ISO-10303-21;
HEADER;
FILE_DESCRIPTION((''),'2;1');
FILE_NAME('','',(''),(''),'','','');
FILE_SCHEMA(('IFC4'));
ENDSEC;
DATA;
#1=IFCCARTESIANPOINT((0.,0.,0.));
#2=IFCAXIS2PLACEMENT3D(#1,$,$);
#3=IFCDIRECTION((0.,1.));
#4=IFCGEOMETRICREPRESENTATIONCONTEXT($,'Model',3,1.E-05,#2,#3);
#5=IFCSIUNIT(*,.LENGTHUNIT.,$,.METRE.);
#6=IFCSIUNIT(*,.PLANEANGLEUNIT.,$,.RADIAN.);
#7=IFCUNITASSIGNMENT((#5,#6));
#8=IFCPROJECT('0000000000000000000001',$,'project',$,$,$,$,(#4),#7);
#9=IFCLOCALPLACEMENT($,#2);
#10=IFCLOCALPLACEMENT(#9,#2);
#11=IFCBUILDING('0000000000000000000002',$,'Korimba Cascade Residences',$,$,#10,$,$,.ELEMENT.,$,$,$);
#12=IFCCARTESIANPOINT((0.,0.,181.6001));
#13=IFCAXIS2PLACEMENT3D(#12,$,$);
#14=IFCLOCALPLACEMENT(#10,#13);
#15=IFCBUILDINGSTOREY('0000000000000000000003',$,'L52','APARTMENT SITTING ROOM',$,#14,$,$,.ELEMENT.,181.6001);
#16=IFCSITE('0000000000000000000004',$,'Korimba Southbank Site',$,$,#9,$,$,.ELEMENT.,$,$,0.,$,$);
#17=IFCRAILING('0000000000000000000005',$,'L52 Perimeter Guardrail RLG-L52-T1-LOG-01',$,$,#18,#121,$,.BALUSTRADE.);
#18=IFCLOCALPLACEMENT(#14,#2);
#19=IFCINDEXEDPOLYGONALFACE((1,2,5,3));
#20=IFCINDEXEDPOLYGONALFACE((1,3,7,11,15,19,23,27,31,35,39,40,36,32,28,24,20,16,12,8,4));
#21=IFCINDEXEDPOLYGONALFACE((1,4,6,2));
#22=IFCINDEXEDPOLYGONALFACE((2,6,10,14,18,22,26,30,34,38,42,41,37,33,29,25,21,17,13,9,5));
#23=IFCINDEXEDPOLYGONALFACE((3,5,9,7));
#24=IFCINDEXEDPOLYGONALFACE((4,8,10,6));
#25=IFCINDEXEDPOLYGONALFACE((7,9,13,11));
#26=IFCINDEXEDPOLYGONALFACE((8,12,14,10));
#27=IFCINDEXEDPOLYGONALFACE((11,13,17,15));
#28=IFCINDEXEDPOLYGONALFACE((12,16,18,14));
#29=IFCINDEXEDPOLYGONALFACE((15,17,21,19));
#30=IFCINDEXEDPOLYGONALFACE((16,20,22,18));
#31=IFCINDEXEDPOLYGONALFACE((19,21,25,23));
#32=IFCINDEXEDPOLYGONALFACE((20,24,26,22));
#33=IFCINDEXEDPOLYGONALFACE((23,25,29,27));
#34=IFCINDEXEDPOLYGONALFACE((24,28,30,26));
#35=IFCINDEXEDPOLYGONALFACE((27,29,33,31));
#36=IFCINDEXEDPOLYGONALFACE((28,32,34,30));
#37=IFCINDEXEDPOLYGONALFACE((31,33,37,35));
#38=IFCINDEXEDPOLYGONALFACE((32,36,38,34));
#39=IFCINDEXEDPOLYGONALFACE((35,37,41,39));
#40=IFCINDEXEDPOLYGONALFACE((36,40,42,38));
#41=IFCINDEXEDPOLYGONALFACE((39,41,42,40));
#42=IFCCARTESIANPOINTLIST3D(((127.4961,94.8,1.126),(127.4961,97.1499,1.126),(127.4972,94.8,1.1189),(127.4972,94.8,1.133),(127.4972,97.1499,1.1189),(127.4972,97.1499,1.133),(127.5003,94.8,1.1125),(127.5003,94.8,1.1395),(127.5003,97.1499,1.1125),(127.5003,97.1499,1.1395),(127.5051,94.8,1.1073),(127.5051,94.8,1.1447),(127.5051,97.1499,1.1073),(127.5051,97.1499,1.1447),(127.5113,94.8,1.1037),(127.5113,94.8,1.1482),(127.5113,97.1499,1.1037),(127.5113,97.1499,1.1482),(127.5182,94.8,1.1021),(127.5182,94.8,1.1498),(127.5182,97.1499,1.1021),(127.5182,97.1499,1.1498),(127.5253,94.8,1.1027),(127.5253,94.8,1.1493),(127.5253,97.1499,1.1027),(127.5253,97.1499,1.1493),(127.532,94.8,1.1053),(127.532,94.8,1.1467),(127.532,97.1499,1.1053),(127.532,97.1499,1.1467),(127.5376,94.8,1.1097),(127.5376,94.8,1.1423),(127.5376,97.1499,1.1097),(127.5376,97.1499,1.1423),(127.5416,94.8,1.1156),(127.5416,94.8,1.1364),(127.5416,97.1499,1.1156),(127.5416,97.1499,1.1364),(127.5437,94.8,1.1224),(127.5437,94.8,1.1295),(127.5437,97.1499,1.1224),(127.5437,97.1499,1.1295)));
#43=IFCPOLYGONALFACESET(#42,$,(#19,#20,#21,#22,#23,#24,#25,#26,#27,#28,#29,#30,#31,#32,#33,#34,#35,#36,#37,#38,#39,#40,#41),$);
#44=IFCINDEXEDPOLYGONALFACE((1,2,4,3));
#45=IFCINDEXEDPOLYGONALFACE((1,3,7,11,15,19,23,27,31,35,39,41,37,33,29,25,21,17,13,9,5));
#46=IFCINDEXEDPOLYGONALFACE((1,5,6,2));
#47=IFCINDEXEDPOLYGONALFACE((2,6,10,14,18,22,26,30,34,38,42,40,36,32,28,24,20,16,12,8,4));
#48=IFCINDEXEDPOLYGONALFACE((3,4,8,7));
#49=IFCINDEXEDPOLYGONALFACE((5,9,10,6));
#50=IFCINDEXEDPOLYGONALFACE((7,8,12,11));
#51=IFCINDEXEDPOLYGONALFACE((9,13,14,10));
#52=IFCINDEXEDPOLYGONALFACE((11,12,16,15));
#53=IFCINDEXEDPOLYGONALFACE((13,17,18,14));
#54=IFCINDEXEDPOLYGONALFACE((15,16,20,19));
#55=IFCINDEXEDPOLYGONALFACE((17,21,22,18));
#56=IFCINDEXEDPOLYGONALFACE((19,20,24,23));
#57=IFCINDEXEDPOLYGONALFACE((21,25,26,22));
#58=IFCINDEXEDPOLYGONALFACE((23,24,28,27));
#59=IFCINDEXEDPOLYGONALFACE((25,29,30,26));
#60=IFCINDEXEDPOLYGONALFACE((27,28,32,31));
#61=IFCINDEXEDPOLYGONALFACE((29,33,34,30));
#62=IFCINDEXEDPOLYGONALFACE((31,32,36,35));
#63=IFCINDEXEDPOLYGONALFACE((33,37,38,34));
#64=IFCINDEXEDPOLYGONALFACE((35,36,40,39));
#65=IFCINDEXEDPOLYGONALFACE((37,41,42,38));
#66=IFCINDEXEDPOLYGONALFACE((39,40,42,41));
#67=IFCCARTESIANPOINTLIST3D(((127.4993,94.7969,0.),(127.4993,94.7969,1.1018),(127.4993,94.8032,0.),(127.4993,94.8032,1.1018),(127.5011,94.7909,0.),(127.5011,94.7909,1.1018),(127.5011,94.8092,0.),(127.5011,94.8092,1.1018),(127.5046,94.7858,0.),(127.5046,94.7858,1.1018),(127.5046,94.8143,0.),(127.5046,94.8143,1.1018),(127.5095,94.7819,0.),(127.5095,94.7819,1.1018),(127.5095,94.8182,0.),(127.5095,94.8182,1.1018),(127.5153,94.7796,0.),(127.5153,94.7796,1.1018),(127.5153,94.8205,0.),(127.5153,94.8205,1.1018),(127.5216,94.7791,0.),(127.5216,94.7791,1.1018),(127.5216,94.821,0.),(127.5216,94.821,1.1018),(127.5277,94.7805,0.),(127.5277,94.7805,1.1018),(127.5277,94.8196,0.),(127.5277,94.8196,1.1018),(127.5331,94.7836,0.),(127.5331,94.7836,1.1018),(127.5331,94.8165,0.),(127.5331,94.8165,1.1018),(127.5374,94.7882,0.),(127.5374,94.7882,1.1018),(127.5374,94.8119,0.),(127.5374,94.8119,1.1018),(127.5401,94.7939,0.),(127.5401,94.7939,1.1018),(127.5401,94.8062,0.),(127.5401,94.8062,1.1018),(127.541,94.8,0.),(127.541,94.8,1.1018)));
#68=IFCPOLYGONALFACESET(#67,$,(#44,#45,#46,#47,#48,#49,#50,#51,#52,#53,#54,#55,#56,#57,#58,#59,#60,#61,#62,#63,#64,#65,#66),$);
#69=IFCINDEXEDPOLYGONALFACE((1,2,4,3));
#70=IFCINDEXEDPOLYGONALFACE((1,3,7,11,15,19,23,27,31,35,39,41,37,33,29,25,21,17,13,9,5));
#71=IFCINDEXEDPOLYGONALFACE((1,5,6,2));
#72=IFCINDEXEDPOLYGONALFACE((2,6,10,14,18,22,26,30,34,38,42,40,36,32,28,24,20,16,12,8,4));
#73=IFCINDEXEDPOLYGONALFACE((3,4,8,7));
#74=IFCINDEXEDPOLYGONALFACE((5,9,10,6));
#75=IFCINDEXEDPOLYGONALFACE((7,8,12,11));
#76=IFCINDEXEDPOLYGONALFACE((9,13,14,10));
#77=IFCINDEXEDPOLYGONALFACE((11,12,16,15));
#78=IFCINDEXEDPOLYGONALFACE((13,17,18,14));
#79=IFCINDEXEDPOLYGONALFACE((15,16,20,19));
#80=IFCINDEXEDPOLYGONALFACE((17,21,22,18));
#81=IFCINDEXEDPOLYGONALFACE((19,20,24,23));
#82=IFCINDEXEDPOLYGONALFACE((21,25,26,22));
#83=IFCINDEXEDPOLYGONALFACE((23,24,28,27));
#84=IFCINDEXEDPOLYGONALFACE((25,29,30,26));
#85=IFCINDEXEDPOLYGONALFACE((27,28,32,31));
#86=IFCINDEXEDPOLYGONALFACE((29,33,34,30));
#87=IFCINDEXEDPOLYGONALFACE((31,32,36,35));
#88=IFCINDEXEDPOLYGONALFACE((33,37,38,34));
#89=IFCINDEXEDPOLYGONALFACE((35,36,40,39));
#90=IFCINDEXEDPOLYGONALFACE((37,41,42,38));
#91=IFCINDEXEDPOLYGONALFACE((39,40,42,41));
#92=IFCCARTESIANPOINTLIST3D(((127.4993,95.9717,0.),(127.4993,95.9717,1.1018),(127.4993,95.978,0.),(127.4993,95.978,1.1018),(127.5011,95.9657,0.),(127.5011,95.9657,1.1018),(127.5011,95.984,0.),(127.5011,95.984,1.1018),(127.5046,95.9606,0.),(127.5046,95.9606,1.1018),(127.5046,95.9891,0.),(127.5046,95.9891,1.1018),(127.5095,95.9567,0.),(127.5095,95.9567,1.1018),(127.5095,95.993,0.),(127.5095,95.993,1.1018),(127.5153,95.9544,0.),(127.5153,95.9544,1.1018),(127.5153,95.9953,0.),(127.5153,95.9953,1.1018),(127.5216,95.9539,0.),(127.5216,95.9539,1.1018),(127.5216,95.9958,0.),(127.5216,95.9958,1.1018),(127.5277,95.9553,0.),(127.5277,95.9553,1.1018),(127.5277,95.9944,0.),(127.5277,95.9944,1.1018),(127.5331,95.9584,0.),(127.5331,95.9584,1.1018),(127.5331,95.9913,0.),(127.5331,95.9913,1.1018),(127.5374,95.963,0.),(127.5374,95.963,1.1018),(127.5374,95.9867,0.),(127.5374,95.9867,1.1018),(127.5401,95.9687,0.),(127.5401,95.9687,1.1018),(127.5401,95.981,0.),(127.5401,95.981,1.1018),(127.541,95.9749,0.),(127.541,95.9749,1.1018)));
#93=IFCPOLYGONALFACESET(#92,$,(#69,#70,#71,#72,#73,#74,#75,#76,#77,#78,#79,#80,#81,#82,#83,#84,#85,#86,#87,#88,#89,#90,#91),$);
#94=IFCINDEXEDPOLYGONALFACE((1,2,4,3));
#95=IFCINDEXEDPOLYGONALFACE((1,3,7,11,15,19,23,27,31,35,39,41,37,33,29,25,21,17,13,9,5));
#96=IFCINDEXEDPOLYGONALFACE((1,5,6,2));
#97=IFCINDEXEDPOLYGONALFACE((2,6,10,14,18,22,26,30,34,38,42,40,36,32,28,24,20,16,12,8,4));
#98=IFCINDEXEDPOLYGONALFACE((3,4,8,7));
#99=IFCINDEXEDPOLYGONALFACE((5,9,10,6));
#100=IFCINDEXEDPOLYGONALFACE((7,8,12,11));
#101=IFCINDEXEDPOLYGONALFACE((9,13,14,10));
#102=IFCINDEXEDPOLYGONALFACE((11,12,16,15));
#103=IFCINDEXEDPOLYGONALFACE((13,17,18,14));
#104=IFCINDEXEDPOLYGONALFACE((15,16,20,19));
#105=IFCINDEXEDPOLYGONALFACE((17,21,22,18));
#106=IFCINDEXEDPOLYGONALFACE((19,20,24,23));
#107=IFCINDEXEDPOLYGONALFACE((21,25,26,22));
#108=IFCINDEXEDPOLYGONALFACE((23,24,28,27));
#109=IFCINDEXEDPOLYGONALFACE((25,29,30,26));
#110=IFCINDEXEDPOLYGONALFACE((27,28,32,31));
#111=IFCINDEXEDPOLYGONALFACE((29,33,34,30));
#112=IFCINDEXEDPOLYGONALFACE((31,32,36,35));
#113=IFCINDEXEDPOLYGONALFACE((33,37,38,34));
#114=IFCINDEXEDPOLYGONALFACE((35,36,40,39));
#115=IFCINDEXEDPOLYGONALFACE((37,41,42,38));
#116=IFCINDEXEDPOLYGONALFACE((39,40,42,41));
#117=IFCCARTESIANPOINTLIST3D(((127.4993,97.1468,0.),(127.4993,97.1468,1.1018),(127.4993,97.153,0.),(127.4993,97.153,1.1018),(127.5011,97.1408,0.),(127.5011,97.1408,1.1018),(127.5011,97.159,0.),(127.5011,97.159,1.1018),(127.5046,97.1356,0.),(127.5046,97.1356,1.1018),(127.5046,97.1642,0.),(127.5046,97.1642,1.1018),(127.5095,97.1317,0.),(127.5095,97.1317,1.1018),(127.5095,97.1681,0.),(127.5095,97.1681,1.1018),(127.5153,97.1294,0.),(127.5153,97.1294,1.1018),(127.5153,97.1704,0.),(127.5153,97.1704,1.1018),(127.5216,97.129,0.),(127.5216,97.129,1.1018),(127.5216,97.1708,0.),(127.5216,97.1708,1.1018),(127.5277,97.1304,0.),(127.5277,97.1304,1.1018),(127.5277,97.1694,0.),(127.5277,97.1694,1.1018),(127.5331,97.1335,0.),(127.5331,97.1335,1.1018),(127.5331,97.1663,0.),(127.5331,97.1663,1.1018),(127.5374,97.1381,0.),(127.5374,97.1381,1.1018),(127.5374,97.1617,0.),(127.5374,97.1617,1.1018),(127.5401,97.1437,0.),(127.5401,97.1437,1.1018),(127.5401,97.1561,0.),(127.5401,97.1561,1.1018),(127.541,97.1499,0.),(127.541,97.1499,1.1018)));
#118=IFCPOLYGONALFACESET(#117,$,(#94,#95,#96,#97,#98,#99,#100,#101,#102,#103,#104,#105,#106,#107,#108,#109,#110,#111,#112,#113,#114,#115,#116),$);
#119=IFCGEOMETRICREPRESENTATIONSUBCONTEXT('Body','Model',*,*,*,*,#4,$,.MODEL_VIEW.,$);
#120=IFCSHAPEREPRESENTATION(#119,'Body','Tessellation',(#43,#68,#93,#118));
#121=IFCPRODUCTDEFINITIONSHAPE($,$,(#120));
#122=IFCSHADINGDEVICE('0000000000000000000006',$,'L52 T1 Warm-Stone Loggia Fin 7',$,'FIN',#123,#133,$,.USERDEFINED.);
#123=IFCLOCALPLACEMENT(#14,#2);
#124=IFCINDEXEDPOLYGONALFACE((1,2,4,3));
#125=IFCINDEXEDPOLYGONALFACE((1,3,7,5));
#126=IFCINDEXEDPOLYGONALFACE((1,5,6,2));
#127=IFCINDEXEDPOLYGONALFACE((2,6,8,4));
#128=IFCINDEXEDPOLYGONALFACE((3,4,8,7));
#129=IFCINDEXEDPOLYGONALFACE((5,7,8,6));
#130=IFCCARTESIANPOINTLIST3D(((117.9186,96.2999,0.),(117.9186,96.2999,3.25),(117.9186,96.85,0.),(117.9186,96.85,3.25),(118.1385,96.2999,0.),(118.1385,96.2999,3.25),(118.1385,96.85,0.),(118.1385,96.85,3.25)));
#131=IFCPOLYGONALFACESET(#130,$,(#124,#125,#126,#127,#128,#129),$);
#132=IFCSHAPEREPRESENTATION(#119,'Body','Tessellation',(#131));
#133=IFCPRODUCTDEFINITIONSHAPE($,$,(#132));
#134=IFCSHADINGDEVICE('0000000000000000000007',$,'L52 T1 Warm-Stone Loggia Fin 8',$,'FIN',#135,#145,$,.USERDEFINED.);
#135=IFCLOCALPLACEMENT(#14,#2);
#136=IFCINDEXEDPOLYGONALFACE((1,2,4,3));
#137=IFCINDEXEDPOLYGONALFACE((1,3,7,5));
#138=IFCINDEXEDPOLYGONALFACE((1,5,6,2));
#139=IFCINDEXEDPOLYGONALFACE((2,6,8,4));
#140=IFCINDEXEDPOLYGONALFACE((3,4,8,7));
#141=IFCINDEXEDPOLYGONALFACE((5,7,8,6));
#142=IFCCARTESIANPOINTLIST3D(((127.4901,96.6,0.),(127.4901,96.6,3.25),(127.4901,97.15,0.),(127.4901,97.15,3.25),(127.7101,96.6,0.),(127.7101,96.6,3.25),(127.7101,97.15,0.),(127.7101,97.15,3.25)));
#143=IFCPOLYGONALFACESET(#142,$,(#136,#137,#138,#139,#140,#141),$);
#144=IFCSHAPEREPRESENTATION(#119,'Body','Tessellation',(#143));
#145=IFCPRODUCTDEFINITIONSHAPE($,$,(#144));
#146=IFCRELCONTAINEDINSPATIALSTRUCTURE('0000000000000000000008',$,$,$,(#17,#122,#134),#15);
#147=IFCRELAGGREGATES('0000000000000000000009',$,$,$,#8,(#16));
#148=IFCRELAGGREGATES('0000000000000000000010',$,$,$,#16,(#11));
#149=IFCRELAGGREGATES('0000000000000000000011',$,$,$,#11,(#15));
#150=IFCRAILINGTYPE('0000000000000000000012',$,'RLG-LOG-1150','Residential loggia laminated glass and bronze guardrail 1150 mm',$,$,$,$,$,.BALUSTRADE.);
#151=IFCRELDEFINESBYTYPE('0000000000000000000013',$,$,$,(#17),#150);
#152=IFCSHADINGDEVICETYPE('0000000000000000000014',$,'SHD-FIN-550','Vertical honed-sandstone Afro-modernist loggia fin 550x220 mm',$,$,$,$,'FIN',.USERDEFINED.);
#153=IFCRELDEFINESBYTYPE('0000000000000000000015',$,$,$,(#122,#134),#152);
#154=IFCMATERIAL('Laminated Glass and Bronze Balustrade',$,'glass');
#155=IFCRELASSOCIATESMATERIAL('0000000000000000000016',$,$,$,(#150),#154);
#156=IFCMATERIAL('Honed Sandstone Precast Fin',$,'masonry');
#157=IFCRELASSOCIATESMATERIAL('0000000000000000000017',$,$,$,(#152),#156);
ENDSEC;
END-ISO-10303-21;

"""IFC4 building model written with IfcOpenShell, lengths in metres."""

from ifc_helpers import new_model, si_unit, direction, frame, origin, origin_2d, place, context, subcontext, project, spatial, rectangle, circle, extrude, material, type_object, element, save


model = new_model("IFC4")

# Units and contexts
model_context = context("Model", 3, precision=1e-05, world=origin(), true_north=direction((0.0, 1.0)))
body_context = subcontext(model_context, "Body", "Model", "MODEL_VIEW")
ifc_project = project(units=[si_unit("LENGTHUNIT", "METRE"), si_unit("PLANEANGLEUNIT", "RADIAN")], contexts=[model_context])

# Site, building, storey
site_placement = place(None, origin())
site = spatial("IfcSite", under=ifc_project, at=site_placement, Name="Korimba Southbank Site", CompositionType="ELEMENT", RefElevation=0.0)
building_placement = place(site_placement, origin())
building = spatial("IfcBuilding", under=site, at=building_placement, Name="Korimba Cascade Residences", CompositionType="ELEMENT")
storey_placement = place(building_placement, frame((0.0, 0.0, 181.6001)))
storey = spatial("IfcBuildingStorey", under=building, at=storey_placement, Name="L52", Description="APARTMENT SITTING ROOM", CompositionType="ELEMENT", Elevation=181.6001)

# Railing
ifc_material_1 = material(Name="Laminated Glass and Bronze Balustrade", Category="glass")
railing_type = type_object("IfcRailingType", Name="RLG-LOG-1150", Description="Residential loggia laminated glass and bronze guardrail 1150 mm", PredefinedType="BALUSTRADE", material=ifc_material_1)
railing_placement = place(storey_placement, frame((127.52, 94.8, 0.0)))
element("IfcRailing", 1, at=railing_placement, inside=storey, type_object=railing_type, Name="L52 Perimeter Guardrail RLG-L52-T1-LOG-01", PredefinedType="BALUSTRADE", context=body_context, shape_type="SweptSolid", body=[
    extrude(circle(Radius=0.0239, at=origin_2d()), frame((0.0, 0.0, 1.126), z_axis=(0.0, 1.0, 0.0), x_axis=(-1.0, 0.0, 0.0)), (0.0, 0.0, 1.0), 2.3499),
    extrude(circle(Radius=0.021, at=origin_2d()), origin(), (0.0, 0.0, 1.0), 1.1018),
    extrude(circle(Radius=0.021, at=origin_2d()), frame((0.0, 1.1748, 0.0)), (0.0, 0.0, 1.0), 1.1018),
    extrude(circle(Radius=0.021, at=origin_2d()), frame((0.0, 2.3499, 0.0)), (0.0, 0.0, 1.0), 1.1018),
])

# Shading devices
ifc_material_2 = material(Name="Honed Sandstone Precast Fin", Category="masonry")
shading_device_type = type_object("IfcShadingDeviceType", Name="SHD-FIN-550", Description="Vertical honed-sandstone Afro-modernist loggia fin 550x220 mm", ElementType="FIN", PredefinedType="USERDEFINED", material=ifc_material_2)
for number, where, z_axis, x_axis, name in (
    (2, (118.0286, 96.575, 0.0), (0.0, 0.0, 1.0), (1.0, 0.0, 0.0), "L52 T1 Warm-Stone Loggia Fin 7"),
    (3, (127.6001, 96.875, 0.0), (0.0, 0.0, 1.0), (1.0, 0.0, 0.0), "L52 T1 Warm-Stone Loggia Fin 8"),
):
    element("IfcShadingDevice", number, at=place(storey_placement, frame(where, z_axis=z_axis, x_axis=x_axis)), inside=storey, type_object=shading_device_type, Name=name, ObjectType="FIN", PredefinedType="USERDEFINED", context=body_context, shape_type="SweptSolid", body=[
        extrude(rectangle(XDim=0.22, YDim=0.55, at=origin_2d()), origin(), (0.0, 0.0, 1.0), 3.25),
    ])

save(model, "model.ifc")
